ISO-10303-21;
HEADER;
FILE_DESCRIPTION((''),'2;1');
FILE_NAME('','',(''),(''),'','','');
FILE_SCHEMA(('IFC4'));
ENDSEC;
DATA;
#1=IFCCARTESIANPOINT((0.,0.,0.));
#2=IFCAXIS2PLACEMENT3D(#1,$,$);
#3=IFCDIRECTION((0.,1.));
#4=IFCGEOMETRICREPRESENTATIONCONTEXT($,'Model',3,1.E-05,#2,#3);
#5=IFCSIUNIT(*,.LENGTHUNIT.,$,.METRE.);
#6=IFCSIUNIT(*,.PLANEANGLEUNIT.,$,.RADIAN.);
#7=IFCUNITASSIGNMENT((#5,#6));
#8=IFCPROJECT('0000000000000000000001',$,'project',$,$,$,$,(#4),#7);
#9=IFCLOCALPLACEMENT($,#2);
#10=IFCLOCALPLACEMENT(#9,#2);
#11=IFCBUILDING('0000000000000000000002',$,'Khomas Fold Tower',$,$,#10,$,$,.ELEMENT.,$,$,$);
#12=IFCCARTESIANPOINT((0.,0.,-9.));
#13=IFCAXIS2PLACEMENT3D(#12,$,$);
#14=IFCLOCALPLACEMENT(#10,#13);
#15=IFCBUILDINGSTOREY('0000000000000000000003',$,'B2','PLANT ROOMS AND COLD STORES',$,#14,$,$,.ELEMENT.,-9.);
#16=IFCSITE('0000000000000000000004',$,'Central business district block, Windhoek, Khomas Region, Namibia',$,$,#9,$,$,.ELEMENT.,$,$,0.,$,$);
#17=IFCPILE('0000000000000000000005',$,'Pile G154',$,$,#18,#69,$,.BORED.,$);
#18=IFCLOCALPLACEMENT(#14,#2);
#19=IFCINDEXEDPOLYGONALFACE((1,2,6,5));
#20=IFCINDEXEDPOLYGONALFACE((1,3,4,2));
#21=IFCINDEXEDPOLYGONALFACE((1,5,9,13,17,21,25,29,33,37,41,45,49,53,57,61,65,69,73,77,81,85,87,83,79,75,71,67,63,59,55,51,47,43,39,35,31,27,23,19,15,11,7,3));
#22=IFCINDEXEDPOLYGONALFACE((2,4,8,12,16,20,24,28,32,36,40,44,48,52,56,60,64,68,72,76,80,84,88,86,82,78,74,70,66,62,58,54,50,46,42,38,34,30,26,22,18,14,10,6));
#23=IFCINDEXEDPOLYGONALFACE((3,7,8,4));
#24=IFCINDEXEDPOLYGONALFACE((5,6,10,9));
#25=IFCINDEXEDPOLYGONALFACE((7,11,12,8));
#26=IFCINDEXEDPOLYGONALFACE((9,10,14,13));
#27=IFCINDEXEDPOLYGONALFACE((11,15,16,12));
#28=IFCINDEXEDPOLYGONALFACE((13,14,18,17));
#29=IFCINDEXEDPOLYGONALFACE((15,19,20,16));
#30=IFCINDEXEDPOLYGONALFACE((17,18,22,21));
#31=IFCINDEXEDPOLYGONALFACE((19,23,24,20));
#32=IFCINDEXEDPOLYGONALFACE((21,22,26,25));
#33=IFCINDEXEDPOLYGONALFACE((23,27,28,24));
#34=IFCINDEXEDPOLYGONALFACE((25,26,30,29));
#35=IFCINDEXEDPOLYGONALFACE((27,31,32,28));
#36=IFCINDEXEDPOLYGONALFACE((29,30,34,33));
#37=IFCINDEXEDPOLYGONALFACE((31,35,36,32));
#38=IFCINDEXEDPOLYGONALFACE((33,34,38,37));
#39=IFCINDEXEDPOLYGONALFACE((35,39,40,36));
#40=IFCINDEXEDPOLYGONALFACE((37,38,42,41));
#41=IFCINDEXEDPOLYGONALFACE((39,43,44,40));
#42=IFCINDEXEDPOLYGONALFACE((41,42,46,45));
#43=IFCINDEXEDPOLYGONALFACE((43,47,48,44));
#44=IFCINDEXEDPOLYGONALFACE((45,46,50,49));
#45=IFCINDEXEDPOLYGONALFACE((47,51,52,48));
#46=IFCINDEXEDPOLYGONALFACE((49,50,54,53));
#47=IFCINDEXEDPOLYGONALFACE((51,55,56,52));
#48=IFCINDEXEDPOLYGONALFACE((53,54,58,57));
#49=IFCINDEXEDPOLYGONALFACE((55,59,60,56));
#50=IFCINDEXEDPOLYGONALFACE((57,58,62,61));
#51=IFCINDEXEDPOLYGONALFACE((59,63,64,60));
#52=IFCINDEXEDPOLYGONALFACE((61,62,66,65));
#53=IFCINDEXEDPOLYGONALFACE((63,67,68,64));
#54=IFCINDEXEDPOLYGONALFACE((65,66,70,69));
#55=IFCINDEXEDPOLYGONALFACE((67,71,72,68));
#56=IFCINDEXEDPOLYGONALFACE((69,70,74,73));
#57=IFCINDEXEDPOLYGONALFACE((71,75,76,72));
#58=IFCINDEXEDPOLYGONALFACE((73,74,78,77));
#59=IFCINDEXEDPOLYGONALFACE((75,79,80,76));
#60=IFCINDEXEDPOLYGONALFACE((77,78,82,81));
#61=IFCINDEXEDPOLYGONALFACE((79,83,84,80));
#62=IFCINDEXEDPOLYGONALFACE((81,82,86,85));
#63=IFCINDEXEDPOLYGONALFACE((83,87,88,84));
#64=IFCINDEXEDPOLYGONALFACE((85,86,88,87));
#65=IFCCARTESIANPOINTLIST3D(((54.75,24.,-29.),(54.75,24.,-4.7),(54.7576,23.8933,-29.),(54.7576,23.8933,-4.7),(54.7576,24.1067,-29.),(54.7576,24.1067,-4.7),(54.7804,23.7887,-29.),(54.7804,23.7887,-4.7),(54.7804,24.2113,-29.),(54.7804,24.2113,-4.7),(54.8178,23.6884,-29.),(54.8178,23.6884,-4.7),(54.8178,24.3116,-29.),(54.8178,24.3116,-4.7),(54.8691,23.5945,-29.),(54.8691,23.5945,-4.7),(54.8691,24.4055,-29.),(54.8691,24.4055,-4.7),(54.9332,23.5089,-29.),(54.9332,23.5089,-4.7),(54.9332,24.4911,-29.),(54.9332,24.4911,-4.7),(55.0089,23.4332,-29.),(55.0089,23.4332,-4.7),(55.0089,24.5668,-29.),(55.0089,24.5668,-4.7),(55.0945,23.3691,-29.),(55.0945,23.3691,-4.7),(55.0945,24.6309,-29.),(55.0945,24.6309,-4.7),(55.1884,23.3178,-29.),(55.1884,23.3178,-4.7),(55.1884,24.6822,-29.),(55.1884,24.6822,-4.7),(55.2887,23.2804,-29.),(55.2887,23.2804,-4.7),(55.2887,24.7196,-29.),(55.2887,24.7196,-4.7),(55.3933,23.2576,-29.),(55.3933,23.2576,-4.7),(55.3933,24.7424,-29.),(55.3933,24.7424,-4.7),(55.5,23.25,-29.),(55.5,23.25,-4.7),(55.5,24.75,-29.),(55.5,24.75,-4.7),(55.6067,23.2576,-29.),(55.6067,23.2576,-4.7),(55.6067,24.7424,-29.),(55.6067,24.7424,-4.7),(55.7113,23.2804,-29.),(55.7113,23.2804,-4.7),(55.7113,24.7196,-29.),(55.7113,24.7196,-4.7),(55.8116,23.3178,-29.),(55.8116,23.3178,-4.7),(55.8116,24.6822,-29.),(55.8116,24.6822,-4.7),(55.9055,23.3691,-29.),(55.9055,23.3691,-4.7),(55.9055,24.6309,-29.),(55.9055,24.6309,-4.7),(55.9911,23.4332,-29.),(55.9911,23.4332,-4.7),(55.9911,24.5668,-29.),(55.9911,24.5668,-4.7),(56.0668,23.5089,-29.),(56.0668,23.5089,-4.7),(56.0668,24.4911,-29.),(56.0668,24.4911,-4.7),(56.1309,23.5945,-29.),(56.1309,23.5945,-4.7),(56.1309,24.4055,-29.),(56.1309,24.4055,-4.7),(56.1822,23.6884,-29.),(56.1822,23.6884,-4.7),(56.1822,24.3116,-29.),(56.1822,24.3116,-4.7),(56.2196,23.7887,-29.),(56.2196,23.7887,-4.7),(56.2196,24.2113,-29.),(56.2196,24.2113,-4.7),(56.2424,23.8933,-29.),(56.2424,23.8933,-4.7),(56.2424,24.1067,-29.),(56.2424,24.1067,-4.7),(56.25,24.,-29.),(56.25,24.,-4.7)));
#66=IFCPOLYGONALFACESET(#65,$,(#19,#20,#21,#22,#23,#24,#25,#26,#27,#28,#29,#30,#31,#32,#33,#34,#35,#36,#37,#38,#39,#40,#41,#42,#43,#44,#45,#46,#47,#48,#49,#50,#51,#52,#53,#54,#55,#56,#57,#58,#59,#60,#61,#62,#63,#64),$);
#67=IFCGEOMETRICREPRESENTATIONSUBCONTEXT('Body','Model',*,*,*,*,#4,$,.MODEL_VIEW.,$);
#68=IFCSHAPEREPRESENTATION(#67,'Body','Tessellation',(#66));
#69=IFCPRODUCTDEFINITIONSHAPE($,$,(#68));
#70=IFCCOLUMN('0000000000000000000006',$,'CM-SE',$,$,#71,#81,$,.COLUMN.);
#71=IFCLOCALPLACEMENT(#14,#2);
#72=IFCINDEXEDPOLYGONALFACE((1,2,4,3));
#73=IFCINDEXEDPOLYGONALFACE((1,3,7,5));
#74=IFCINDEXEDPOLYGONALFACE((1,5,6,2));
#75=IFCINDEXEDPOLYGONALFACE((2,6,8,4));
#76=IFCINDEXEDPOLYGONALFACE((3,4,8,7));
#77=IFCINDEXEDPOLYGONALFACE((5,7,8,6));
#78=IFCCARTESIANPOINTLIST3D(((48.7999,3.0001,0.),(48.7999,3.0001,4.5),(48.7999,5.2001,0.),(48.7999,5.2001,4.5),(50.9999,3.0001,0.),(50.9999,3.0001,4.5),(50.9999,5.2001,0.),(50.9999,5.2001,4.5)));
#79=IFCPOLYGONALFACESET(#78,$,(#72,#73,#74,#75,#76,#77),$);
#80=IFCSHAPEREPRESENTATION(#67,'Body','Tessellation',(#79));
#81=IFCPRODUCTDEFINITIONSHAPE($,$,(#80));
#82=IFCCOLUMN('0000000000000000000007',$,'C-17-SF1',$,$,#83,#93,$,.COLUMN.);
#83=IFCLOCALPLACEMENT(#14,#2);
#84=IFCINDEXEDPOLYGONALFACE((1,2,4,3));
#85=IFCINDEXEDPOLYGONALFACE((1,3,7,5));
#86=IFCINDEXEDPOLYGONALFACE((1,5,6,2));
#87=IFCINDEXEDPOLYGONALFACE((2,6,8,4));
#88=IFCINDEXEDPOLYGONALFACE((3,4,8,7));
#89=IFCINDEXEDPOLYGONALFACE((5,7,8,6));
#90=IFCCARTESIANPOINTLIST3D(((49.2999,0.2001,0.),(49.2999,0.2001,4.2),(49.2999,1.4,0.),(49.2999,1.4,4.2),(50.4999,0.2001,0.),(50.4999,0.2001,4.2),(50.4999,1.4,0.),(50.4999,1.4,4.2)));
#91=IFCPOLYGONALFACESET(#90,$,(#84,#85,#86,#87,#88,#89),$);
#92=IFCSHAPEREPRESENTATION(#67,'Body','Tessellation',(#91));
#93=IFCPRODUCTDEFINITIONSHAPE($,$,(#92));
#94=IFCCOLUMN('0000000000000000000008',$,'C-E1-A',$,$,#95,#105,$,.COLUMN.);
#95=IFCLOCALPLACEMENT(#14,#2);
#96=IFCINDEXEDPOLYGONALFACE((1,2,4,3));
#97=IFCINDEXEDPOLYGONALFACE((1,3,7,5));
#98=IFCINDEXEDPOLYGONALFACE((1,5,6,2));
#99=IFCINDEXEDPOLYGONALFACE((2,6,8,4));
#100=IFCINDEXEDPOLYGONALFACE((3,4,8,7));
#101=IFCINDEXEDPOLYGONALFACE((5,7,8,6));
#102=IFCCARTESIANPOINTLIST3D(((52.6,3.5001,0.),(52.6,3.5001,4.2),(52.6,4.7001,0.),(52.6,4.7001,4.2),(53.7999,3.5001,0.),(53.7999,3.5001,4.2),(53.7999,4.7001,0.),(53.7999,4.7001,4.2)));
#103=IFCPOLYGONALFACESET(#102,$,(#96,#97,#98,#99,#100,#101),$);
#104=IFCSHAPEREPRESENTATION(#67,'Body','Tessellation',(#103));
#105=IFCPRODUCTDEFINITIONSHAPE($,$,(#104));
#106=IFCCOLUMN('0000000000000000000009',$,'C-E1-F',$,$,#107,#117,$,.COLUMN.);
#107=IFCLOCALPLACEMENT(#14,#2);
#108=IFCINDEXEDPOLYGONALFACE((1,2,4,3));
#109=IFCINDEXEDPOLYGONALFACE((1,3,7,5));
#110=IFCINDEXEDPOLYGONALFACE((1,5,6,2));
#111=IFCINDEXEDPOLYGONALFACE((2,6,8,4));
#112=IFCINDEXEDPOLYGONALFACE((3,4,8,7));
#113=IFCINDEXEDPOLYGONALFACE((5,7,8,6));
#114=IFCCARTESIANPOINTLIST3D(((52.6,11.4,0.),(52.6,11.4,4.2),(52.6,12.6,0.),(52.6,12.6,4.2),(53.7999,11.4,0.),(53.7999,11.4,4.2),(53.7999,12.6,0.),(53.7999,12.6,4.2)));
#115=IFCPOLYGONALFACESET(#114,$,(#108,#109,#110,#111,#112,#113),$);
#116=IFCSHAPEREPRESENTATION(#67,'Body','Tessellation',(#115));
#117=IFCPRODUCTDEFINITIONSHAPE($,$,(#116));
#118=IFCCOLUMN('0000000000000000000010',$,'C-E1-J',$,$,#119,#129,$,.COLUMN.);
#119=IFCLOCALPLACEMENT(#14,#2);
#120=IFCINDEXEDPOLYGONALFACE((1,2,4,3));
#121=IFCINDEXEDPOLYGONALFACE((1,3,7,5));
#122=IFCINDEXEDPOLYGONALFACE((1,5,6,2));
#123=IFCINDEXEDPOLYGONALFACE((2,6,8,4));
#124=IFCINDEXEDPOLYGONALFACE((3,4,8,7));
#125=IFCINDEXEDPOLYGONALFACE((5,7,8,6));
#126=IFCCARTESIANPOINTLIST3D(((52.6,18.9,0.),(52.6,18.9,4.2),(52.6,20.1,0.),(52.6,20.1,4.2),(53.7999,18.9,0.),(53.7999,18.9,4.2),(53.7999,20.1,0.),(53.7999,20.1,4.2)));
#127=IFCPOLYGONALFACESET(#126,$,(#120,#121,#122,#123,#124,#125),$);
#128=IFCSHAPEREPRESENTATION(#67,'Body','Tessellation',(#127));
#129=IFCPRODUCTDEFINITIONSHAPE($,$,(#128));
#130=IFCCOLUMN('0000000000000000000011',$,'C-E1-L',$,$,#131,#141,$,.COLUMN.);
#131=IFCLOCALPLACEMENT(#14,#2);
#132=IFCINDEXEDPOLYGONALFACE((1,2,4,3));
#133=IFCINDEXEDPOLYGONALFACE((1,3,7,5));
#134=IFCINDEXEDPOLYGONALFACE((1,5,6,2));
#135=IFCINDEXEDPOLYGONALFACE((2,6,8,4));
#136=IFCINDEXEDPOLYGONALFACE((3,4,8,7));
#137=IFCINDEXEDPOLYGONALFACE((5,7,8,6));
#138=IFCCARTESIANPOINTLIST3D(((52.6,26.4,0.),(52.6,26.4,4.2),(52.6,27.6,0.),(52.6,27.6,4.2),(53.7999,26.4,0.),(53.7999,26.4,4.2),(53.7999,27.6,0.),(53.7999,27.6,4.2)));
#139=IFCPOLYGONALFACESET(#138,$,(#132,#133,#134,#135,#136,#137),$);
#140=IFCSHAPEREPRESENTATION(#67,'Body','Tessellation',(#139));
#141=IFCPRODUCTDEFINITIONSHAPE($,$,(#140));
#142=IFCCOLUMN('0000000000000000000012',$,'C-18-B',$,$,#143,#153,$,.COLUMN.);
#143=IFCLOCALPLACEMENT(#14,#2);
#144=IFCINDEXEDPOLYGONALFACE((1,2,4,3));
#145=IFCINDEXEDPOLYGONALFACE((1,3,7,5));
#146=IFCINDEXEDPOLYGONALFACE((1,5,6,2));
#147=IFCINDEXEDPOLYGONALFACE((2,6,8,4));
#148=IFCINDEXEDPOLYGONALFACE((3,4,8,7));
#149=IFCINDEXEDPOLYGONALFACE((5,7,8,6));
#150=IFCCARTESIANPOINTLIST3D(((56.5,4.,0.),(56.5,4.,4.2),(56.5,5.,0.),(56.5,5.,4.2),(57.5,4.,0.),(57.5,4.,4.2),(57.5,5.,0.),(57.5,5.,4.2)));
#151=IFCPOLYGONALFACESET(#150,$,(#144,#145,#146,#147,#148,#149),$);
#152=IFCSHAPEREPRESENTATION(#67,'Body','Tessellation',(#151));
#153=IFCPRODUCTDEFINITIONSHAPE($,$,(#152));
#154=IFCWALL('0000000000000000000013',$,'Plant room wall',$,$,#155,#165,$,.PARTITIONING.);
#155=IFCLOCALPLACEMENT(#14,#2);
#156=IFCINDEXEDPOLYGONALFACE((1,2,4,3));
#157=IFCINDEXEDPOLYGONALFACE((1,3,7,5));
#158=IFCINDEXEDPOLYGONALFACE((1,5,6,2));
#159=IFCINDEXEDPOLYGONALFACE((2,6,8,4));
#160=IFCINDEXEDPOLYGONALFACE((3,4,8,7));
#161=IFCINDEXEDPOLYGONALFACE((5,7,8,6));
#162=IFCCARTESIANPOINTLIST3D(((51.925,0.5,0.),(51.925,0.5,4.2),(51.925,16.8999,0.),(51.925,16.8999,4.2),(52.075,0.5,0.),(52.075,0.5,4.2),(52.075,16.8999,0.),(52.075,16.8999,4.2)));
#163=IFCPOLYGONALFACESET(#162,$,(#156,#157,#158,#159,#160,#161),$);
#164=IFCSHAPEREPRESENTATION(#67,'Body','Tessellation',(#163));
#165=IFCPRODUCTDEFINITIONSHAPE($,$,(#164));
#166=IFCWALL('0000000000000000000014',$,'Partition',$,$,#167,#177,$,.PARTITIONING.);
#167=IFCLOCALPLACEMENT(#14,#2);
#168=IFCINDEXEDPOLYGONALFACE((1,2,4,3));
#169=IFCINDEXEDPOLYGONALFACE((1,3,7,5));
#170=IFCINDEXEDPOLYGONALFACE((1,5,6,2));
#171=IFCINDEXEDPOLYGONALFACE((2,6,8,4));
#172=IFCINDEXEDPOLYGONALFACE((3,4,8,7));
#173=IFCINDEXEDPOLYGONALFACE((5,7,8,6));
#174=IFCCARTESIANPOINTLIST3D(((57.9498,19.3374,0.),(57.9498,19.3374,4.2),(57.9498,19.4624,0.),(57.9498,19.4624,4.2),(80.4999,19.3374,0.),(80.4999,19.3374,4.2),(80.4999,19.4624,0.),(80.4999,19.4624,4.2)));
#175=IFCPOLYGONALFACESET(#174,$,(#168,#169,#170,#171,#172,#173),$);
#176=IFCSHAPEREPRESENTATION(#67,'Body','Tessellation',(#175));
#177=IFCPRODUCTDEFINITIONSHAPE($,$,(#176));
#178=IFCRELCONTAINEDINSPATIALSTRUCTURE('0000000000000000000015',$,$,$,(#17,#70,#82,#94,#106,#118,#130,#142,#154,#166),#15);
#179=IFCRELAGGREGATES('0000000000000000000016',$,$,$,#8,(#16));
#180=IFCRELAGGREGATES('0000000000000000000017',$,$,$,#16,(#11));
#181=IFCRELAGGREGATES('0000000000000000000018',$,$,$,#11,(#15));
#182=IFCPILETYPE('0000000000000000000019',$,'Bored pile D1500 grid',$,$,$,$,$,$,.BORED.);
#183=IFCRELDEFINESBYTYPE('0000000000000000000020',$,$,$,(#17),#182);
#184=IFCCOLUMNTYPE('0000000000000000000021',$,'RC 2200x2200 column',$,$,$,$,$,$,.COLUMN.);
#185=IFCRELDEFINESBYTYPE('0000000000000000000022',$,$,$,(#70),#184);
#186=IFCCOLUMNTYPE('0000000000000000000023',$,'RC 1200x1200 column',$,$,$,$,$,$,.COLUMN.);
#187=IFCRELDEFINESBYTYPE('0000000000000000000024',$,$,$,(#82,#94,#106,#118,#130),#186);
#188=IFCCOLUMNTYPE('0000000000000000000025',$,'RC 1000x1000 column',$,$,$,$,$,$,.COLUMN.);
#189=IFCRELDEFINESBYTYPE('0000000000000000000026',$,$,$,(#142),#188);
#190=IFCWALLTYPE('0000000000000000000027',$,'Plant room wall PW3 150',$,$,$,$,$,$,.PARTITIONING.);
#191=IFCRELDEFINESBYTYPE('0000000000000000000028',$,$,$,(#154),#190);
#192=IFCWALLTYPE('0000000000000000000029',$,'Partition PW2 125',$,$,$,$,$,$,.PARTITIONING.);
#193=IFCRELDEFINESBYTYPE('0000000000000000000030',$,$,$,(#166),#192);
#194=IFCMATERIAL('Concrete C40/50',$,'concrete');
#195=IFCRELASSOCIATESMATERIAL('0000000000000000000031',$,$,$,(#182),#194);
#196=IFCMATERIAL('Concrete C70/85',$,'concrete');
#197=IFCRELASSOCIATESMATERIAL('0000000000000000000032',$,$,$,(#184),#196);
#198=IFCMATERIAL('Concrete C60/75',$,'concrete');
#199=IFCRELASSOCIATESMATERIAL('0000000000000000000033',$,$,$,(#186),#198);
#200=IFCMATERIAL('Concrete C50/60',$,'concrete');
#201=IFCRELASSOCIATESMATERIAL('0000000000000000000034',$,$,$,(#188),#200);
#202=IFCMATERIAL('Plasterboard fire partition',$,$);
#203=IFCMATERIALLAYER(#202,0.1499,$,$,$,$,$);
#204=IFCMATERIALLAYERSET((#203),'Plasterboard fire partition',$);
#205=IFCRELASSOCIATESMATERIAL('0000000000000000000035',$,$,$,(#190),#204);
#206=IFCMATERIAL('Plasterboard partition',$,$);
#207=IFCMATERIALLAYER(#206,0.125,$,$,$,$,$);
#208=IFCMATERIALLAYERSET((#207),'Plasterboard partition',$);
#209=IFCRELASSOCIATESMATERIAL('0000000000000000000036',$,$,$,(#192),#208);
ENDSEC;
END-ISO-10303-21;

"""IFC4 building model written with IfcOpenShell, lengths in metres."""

from ifc_helpers import new_model, si_unit, direction, frame, frame_2d, origin, origin_2d, place, context, subcontext, project, spatial, rectangle, circle, extrude, source, transform, mapped, material, layer, layer_set, material_profile, profile_set, type_object, element, save


model = new_model("IFC4")

# Units and contexts
model_context = context("Model", 3, precision=1e-05, world=origin(), true_north=direction((0.0, 1.0)))
body_context = subcontext(model_context, "Body", "Model", "MODEL_VIEW")
ifc_project = project(units=[si_unit("LENGTHUNIT", "METRE"), si_unit("PLANEANGLEUNIT", "RADIAN")], contexts=[model_context])

# Site, building, storey
site_placement = place(None, origin())
site = spatial("IfcSite", under=ifc_project, at=site_placement, Name="Central business district block, Windhoek, Khomas Region, Namibia", CompositionType="ELEMENT", RefElevation=0.0)
building_placement = place(site_placement, origin())
building = spatial("IfcBuilding", under=site, at=building_placement, Name="Khomas Fold Tower", CompositionType="ELEMENT")
storey_placement = place(building_placement, frame((0.0, 0.0, -9.0)))
storey = spatial("IfcBuildingStorey", under=building, at=storey_placement, Name="B2", Description="PLANT ROOMS AND COLD STORES", CompositionType="ELEMENT", Elevation=-9.0)

# Pile
ifc_material_1 = material(Name="Concrete C40/50", Category="concrete")
ifc_material_profile_1 = material_profile(ifc_material_1, circle(Radius=0.75, at=origin_2d()), Name="PILE D1500")
ifc_profile_set_1 = profile_set([ifc_material_profile_1], Name="Concrete C40/50")
pile_type = type_object("IfcPileType", Name="Bored pile D1500 grid", PredefinedType="BORED", material=ifc_profile_set_1)
shared_shape_1 = source(origin(), body_context, "Body", "SweptSolid", [
    extrude(circle(Radius=0.75, at=origin_2d()), origin(), (0.0, 0.0, 1.0), 24.3),
])
for number, where, z_axis, x_axis, name in (
    (1, (55.5, 24.0, -4.7), (0.0, 0.0, -1.0), (1.0, 0.0, 0.0), "Pile G154"),
):
    element("IfcPile", number, at=place(storey_placement, frame(where, z_axis=z_axis, x_axis=x_axis)), inside=storey, type_object=pile_type, Name=name, PredefinedType="BORED", context=body_context, shape_type="MappedRepresentation", body=[
        mapped(shared_shape_1, transform((0.0, 0.0, 0.0))),
    ])

# Columns
ifc_material_2 = material(Name="Concrete C70/85", Category="concrete")
ifc_material_profile_2 = material_profile(ifc_material_2, rectangle(XDim=2.2, YDim=2.2, at=origin_2d()), Name="RC 2200x2200")
ifc_profile_set_2 = profile_set([ifc_material_profile_2], Name="Concrete C70/85")
column_type_1 = type_object("IfcColumnType", Name="RC 2200x2200 column", PredefinedType="COLUMN", material=ifc_profile_set_2)
shared_shape_2 = source(origin(), body_context, "Body", "SweptSolid", [
    extrude(rectangle(XDim=2.2, YDim=2.2, at=origin_2d()), origin(), (0.0, 0.0, 1.0), 4.5),
])
column_1_placement = place(storey_placement, frame((49.8999, 4.1001, 0.0), z_axis=(0.0, 0.0, 1.0), x_axis=(1.0, 0.0, 0.0)))
element("IfcColumn", 2, at=column_1_placement, inside=storey, type_object=column_type_1, Name="CM-SE", PredefinedType="COLUMN", context=body_context, shape_type="MappedRepresentation", body=[
    mapped(shared_shape_2, transform((0.0, 0.0, 0.0))),
])
ifc_material_3 = material(Name="Concrete C60/75", Category="concrete")
ifc_material_profile_3 = material_profile(ifc_material_3, rectangle(XDim=1.2, YDim=1.2, at=origin_2d()), Name="RC 1200x1200")
ifc_profile_set_3 = profile_set([ifc_material_profile_3], Name="Concrete C60/75")
column_type_2 = type_object("IfcColumnType", Name="RC 1200x1200 column", PredefinedType="COLUMN", material=ifc_profile_set_3)
shared_shape_3 = source(origin(), body_context, "Body", "SweptSolid", [
    extrude(rectangle(XDim=1.2, YDim=1.2, at=origin_2d()), origin(), (0.0, 0.0, 1.0), 4.2),
])
for number, where, z_axis, x_axis, name in (
    (3, (49.8999, 0.8, 0.0), (0.0, 0.0, 1.0), (1.0, 0.0, 0.0), "C-17-SF1"),
    (4, (53.2, 4.1001, 0.0), (0.0, 0.0, 1.0), (1.0, 0.0, 0.0), "C-E1-A"),
    (5, (53.2, 12.0, 0.0), (0.0, 0.0, 1.0), (1.0, 0.0, 0.0), "C-E1-F"),
    (6, (53.2, 19.5, 0.0), (0.0, 0.0, 1.0), (1.0, 0.0, 0.0), "C-E1-J"),
    (7, (53.2, 27.0, 0.0), (0.0, 0.0, 1.0), (1.0, 0.0, 0.0), "C-E1-L"),
):
    element("IfcColumn", number, at=place(storey_placement, frame(where, z_axis=z_axis, x_axis=x_axis)), inside=storey, type_object=column_type_2, Name=name, PredefinedType="COLUMN", context=body_context, shape_type="MappedRepresentation", body=[
        mapped(shared_shape_3, transform((0.0, 0.0, 0.0))),
    ])
ifc_material_4 = material(Name="Concrete C50/60", Category="concrete")
ifc_material_profile_4 = material_profile(ifc_material_4, rectangle(XDim=1.0, YDim=1.0, at=origin_2d()), Name="RC 1000x1000")
ifc_profile_set_4 = profile_set([ifc_material_profile_4], Name="Concrete C50/60")
column_type_3 = type_object("IfcColumnType", Name="RC 1000x1000 column", PredefinedType="COLUMN", material=ifc_profile_set_4)
shared_shape_4 = source(origin(), body_context, "Body", "SweptSolid", [
    extrude(rectangle(XDim=1.0, YDim=1.0, at=origin_2d()), origin(), (0.0, 0.0, 1.0), 4.2),
])
column_2_placement = place(storey_placement, frame((57.0, 4.5, 0.0), z_axis=(0.0, 0.0, 1.0), x_axis=(1.0, 0.0, 0.0)))
element("IfcColumn", 8, at=column_2_placement, inside=storey, type_object=column_type_3, Name="C-18-B", PredefinedType="COLUMN", context=body_context, shape_type="MappedRepresentation", body=[
    mapped(shared_shape_4, transform((0.0, 0.0, 0.0))),
])

# Walls
ifc_material_5 = material(Name="Plasterboard fire partition")
ifc_layer_1 = layer(ifc_material_5, 0.1499)
ifc_layer_set_1 = layer_set([ifc_layer_1], Name="Plasterboard fire partition")
wall_type_1 = type_object("IfcWallType", Name="Plant room wall PW3 150", PredefinedType="PARTITIONING", material=ifc_layer_set_1)
shared_shape_5 = source(origin(), body_context, "Body", "SweptSolid", [
    extrude(rectangle(XDim=16.3999, YDim=0.1499, at=frame_2d((8.2, 0.0))), origin(), (0.0, 0.0, 1.0), 4.2),
])
wall_1_placement = place(storey_placement, frame((52.0, 0.5, 0.0), z_axis=(0.0, 0.0, 1.0), x_axis=(0.0, 1.0, 0.0)))
element("IfcWall", 9, at=wall_1_placement, inside=storey, type_object=wall_type_1, Name="Plant room wall", PredefinedType="PARTITIONING", context=body_context, shape_type="MappedRepresentation", body=[
    mapped(shared_shape_5, transform((0.0, 0.0, 0.0))),
])
ifc_material_6 = material(Name="Plasterboard partition")
ifc_layer_2 = layer(ifc_material_6, 0.125)
ifc_layer_set_2 = layer_set([ifc_layer_2], Name="Plasterboard partition")
wall_type_2 = type_object("IfcWallType", Name="Partition PW2 125", PredefinedType="PARTITIONING", material=ifc_layer_set_2)
shared_shape_6 = source(origin(), body_context, "Body", "SweptSolid", [
    extrude(rectangle(XDim=22.55, YDim=0.125, at=frame_2d((11.2749, 0.0))), origin(), (0.0, 0.0, 1.0), 4.2),
])
wall_2_placement = place(storey_placement, frame((57.95, 19.3999, 0.0), z_axis=(0.0, 0.0, 1.0), x_axis=(1.0, 0.0, 0.0)))
element("IfcWall", 10, at=wall_2_placement, inside=storey, type_object=wall_type_2, Name="Partition", PredefinedType="PARTITIONING", context=body_context, shape_type="MappedRepresentation", body=[
    mapped(shared_shape_6, transform((0.0, 0.0, 0.0))),
])

save(model, "model.ifc")
